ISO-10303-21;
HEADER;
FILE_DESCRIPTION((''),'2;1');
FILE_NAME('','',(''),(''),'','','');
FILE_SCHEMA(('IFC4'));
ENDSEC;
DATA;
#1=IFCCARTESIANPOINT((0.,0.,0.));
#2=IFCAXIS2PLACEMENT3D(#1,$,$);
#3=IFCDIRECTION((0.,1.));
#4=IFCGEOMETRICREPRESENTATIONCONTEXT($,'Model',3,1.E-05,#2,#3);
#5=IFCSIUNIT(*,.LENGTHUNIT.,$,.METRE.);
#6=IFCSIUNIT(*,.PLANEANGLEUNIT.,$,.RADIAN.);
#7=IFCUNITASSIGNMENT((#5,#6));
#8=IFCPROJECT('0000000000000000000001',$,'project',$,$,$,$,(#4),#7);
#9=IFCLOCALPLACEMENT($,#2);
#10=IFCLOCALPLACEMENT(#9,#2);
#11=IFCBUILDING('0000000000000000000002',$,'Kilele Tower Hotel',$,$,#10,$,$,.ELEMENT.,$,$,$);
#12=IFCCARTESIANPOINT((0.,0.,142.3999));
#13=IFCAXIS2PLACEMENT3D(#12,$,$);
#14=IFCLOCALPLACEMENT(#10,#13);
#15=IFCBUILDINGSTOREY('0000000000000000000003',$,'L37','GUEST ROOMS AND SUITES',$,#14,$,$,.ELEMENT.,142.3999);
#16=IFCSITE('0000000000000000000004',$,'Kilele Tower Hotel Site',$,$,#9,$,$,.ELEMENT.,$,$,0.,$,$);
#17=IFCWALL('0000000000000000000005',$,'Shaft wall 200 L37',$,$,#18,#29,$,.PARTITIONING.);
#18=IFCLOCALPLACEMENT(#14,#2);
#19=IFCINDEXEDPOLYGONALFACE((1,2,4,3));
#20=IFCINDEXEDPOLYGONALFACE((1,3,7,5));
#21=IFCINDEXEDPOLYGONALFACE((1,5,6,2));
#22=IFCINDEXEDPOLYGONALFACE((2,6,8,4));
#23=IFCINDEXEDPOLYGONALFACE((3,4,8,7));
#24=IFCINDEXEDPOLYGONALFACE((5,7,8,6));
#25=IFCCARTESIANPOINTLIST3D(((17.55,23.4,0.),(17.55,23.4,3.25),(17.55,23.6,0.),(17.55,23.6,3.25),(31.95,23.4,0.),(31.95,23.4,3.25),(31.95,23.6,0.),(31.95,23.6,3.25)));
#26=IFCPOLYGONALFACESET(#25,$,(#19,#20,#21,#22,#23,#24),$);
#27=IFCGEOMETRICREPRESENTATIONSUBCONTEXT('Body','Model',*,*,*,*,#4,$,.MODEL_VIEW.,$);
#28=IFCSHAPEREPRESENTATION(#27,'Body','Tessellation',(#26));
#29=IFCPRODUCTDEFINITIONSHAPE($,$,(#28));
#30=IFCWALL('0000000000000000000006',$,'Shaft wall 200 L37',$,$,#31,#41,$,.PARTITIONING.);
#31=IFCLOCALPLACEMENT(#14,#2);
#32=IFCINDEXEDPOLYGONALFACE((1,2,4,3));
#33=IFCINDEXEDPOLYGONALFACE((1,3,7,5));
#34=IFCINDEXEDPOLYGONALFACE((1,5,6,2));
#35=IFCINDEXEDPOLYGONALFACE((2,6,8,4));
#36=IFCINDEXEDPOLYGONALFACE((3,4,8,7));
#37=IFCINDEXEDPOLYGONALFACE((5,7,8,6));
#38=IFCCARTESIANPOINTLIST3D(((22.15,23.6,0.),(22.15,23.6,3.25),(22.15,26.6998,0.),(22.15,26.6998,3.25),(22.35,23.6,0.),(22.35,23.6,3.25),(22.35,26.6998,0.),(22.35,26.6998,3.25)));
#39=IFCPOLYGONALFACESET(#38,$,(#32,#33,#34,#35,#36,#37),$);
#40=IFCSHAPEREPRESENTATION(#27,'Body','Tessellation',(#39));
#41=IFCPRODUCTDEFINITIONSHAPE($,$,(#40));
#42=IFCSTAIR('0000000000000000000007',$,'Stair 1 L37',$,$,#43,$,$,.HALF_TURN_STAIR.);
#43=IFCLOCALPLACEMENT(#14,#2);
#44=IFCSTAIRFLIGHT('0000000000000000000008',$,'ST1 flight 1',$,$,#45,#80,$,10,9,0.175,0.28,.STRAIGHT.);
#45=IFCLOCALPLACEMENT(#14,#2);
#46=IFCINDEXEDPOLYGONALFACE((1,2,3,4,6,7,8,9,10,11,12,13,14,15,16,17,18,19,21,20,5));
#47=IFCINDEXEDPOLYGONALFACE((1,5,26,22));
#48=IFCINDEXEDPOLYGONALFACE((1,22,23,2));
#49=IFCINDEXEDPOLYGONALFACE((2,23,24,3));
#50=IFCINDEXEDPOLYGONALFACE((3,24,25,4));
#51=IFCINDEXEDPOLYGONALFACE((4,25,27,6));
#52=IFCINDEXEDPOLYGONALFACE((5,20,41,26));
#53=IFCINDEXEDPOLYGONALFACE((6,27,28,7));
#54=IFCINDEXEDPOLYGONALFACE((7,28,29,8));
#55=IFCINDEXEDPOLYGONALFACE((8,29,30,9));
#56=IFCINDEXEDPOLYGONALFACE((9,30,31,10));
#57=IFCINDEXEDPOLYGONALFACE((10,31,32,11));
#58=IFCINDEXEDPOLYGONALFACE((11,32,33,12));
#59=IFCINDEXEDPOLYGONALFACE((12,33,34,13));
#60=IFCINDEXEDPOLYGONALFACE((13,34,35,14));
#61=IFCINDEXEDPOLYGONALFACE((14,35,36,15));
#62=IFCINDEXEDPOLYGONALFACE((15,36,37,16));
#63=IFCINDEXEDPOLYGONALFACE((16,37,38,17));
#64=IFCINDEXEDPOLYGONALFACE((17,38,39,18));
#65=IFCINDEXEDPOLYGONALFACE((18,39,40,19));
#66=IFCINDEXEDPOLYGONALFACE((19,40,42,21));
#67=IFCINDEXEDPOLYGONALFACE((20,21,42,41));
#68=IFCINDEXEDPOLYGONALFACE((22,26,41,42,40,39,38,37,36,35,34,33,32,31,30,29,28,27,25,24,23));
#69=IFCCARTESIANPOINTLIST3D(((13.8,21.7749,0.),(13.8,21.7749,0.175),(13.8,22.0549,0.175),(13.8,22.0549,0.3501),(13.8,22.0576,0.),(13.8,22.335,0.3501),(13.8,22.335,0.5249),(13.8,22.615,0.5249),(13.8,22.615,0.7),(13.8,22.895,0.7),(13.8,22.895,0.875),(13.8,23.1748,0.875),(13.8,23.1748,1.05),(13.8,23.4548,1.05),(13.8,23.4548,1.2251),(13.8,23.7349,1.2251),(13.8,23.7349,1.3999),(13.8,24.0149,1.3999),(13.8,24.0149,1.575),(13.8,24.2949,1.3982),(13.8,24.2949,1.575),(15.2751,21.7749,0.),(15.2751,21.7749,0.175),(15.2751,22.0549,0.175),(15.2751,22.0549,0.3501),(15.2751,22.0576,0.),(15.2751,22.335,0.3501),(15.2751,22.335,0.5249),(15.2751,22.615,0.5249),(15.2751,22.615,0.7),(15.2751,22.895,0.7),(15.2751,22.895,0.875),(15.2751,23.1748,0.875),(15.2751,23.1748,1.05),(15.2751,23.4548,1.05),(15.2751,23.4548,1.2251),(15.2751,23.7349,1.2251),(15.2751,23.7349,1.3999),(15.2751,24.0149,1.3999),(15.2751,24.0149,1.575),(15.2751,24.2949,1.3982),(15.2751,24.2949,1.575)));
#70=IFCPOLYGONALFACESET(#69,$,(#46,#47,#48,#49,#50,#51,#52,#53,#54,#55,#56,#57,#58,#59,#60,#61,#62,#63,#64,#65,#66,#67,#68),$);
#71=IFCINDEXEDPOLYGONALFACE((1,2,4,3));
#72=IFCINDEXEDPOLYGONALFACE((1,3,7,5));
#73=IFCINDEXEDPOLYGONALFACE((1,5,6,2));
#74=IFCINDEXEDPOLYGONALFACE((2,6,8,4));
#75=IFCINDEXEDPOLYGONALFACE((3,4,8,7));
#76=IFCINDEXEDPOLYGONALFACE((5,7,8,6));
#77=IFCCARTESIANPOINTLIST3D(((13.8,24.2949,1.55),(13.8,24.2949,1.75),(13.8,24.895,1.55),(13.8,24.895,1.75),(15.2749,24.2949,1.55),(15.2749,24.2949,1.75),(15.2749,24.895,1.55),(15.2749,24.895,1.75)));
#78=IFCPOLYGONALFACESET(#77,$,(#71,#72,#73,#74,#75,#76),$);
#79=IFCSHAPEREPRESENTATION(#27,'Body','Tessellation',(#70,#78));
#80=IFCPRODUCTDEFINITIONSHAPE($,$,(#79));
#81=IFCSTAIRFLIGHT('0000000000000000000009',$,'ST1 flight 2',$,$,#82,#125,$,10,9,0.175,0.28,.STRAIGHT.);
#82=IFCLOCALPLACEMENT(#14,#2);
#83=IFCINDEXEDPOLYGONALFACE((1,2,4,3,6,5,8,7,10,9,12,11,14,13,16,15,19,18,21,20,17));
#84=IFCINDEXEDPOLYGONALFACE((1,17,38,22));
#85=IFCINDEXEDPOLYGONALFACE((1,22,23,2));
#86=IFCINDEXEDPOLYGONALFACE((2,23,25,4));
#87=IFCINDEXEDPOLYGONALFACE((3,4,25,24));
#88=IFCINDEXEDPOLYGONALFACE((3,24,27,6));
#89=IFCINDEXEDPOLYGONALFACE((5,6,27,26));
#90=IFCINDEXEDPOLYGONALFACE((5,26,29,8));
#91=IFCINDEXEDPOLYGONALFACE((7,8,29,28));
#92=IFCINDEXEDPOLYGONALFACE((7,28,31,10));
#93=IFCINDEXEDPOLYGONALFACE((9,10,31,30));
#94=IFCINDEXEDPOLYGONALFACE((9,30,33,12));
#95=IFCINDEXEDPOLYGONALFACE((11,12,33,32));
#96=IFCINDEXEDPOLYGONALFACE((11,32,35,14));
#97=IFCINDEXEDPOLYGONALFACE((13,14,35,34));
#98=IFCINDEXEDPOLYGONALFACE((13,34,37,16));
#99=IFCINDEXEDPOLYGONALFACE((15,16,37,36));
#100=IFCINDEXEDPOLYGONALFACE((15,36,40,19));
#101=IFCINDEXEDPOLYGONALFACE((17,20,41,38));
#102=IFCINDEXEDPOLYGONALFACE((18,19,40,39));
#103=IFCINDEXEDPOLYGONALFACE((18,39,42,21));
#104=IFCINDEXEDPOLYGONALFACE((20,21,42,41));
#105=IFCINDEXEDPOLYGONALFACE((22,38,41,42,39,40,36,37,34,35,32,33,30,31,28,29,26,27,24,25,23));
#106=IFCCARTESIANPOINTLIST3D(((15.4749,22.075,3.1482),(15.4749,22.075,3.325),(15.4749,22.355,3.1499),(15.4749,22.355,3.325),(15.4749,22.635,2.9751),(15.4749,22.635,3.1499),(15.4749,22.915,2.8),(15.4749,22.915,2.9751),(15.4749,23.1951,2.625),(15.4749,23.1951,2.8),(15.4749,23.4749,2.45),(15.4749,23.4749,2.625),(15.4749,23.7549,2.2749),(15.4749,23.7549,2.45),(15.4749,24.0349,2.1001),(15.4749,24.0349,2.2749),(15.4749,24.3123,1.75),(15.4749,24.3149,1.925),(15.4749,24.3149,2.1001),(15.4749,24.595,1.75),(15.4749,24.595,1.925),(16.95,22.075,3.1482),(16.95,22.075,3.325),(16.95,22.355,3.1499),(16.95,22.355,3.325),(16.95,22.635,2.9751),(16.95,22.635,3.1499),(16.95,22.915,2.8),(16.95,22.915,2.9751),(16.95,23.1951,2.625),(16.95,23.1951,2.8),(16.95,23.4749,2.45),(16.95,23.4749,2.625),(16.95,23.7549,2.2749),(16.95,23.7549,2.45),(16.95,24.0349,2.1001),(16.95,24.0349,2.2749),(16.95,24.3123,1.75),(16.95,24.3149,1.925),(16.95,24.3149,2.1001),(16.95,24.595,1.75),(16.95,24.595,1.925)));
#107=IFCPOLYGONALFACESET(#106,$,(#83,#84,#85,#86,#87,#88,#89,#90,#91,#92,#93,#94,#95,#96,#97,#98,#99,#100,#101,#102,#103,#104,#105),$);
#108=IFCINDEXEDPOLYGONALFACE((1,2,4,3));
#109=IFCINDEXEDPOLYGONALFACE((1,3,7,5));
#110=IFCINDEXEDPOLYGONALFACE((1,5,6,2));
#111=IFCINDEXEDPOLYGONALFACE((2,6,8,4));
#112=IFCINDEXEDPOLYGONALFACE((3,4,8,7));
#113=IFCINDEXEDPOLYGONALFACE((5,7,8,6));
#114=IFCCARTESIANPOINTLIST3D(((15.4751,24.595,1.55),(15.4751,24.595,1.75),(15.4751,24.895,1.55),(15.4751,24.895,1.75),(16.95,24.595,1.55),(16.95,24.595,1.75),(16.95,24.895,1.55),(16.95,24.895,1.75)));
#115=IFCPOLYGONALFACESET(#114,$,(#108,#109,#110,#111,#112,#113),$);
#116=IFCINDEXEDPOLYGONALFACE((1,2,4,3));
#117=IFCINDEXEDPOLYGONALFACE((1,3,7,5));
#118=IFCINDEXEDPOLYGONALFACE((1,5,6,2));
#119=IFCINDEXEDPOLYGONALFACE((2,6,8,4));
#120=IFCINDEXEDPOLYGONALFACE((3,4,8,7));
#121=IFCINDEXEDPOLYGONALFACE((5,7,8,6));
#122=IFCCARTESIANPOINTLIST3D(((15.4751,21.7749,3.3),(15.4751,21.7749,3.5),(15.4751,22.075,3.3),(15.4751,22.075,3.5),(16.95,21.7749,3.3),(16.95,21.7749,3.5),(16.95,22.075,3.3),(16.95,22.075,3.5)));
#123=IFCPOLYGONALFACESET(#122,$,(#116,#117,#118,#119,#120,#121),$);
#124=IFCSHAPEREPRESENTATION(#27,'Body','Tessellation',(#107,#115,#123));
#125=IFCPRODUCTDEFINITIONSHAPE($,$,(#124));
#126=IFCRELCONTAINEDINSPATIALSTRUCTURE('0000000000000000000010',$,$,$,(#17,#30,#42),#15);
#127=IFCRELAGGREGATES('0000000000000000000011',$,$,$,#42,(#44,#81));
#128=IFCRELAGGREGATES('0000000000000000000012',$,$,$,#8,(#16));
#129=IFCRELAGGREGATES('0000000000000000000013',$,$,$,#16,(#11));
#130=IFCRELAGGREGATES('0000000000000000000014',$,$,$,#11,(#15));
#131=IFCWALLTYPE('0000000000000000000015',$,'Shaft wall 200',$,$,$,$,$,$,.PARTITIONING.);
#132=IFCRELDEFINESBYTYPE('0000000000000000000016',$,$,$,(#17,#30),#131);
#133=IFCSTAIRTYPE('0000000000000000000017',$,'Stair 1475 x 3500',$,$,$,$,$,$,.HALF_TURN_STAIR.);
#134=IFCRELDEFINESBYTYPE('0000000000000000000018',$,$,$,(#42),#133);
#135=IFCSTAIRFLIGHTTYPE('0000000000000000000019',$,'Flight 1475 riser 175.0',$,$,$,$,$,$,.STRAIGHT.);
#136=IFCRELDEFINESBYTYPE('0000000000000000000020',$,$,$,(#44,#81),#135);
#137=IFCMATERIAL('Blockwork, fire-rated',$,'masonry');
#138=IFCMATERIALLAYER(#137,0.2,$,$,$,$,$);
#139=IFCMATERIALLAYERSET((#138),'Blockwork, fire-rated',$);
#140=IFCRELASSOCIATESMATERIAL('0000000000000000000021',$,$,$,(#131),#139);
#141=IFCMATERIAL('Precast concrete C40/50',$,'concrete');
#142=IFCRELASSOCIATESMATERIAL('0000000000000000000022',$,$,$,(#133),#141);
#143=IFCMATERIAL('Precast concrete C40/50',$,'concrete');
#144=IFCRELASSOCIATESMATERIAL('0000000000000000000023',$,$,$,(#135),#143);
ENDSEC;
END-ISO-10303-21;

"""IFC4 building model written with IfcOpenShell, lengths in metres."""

from ifc_helpers import new_model, si_unit, direction, frame, frame_2d, origin, place, context, subcontext, project, spatial, polyline, rectangle, outline, extrude, material, layer, layer_set, type_object, element, aggregate, save


model = new_model("IFC4")

# Units and contexts
model_context = context("Model", 3, precision=1e-05, world=origin(), true_north=direction((0.0, 1.0)))
body_context = subcontext(model_context, "Body", "Model", "MODEL_VIEW")
ifc_project = project(units=[si_unit("LENGTHUNIT", "METRE"), si_unit("PLANEANGLEUNIT", "RADIAN")], contexts=[model_context])

# Site, building, storey
site_placement = place(None, origin())
site = spatial("IfcSite", under=ifc_project, at=site_placement, Name="Kilele Tower Hotel Site", CompositionType="ELEMENT", RefElevation=0.0)
building_placement = place(site_placement, origin())
building = spatial("IfcBuilding", under=site, at=building_placement, Name="Kilele Tower Hotel", CompositionType="ELEMENT")
storey_placement = place(building_placement, frame((0.0, 0.0, 142.3999)))
storey = spatial("IfcBuildingStorey", under=building, at=storey_placement, Name="L37", Description="GUEST ROOMS AND SUITES", CompositionType="ELEMENT", Elevation=142.3999)

# Walls
ifc_material_1 = material(Name="Blockwork, fire-rated", Category="masonry")
ifc_layer_1 = layer(ifc_material_1, 0.2)
ifc_layer_set_1 = layer_set([ifc_layer_1], Name="Blockwork, fire-rated")
wall_type_1 = type_object("IfcWallType", Name="Shaft wall 200", PredefinedType="PARTITIONING", material=ifc_layer_set_1)
wall_1_placement = place(storey_placement, frame((17.55, 23.5, 0.0), z_axis=(0.0, 0.0, 1.0), x_axis=(1.0, 0.0, 0.0)))
element("IfcWall", 1, at=wall_1_placement, inside=storey, type_object=wall_type_1, Name="Shaft wall 200 L37", PredefinedType="PARTITIONING", context=body_context, shape_type="SweptSolid", body=[
    extrude(rectangle(XDim=14.3999, YDim=0.2, at=frame_2d((7.2, 0.0))), origin(), (0.0, 0.0, 1.0), 3.25),
])
wall_2_placement = place(storey_placement, frame((22.25, 23.6001, 0.0), z_axis=(0.0, 0.0, 1.0), x_axis=(0.0, 1.0, 0.0)))
element("IfcWall", 2, at=wall_2_placement, inside=storey, type_object=wall_type_1, Name="Shaft wall 200 L37", PredefinedType="PARTITIONING", context=body_context, shape_type="SweptSolid", body=[
    extrude(rectangle(XDim=3.0999, YDim=0.2, at=frame_2d((1.5498, 0.0))), origin(), (0.0, 0.0, 1.0), 3.25),
])

# Stair, stair flights
ifc_material_2 = material(Name="Precast concrete C40/50", Category="concrete")
stair_type = type_object("IfcStairType", Name="Stair 1475 x 3500", PredefinedType="HALF_TURN_STAIR", material=ifc_material_2)
stair_placement = place(storey_placement, origin())
stair = element("IfcStair", 3, at=stair_placement, inside=storey, type_object=stair_type, Name="Stair 1 L37", PredefinedType="HALF_TURN_STAIR")
ifc_material_3 = material(Name="Precast concrete C40/50", Category="concrete")
stair_flight_type = type_object("IfcStairFlightType", Name="Flight 1475 riser 175.0", PredefinedType="STRAIGHT", material=ifc_material_3)
stair_flight_1_placement = place(storey_placement, frame((14.5376, 21.7749, 0.0), z_axis=(0.0, 0.0, 1.0), x_axis=(0.0, 1.0, 0.0)))
stair_flight_1 = element("IfcStairFlight", 4, at=stair_flight_1_placement, type_object=stair_flight_type, Name="ST1 flight 1", NumberOfRisers=10, NumberOfTreads=9, PredefinedType="STRAIGHT", RiserHeight=0.175, TreadLength=0.28, context=body_context, shape_type="SweptSolid", body=[
    extrude(outline(polyline([(0.0, 0.0), (0.0, 0.175), (0.28, 0.175), (0.28, 0.3501), (0.5601, 0.3501), (0.5601, 0.5249), (0.8401, 0.5249), (0.8401, 0.7), (1.1201, 0.7), (1.1201, 0.875), (1.3999, 0.875), (1.3999, 1.05), (1.6799, 1.05), (1.6799, 1.2251), (1.96, 1.2251), (1.96, 1.3999), (2.24, 1.3999), (2.24, 1.575), (2.52, 1.575), (2.52, 1.75), (2.52, 1.3982), (0.2827, 0.0), (0.0, 0.0)])), frame((0.0, 0.7375, 0.0), z_axis=(0.0, -1.0, 0.0), x_axis=(1.0, 0.0, 0.0)), (0.0, 0.0, 1.0), 1.4751),
    extrude(outline(polyline([(2.52, 0.7375), (2.52, -0.7373), (3.1201, -0.7373), (3.1201, 0.7375), (2.52, 0.7375)])), frame((0.0, 0.0, 1.55)), (0.0, 0.0, 1.0), 0.2),
])
stair_flight_2_placement = place(storey_placement, frame((16.2124, 24.595, 1.75), z_axis=(0.0, 0.0, 1.0), x_axis=(0.0, -1.0, 0.0)))
stair_flight_2 = element("IfcStairFlight", 5, at=stair_flight_2_placement, type_object=stair_flight_type, Name="ST1 flight 2", NumberOfRisers=10, NumberOfTreads=9, PredefinedType="STRAIGHT", RiserHeight=0.175, TreadLength=0.28, context=body_context, shape_type="SweptSolid", body=[
    extrude(outline(polyline([(0.0, 0.0), (0.0, 0.175), (0.28, 0.175), (0.28, 0.3501), (0.5601, 0.3501), (0.5601, 0.5249), (0.8401, 0.5249), (0.8401, 0.7), (1.1201, 0.7), (1.1201, 0.875), (1.3999, 0.875), (1.3999, 1.05), (1.6799, 1.05), (1.6799, 1.2251), (1.96, 1.2251), (1.96, 1.3999), (2.24, 1.3999), (2.24, 1.575), (2.52, 1.575), (2.52, 1.75), (2.52, 1.3982), (0.2827, 0.0), (0.0, 0.0)])), frame((0.0, 0.7375, 0.0), z_axis=(0.0, -1.0, 0.0), x_axis=(1.0, 0.0, 0.0)), (0.0, 0.0, 1.0), 1.4751),
    extrude(outline(polyline([(0.0, -0.7373), (0.0, 0.7375), (-0.3, 0.7375), (-0.3, -0.7373), (0.0, -0.7373)])), frame((0.0, 0.0, -0.2)), (0.0, 0.0, 1.0), 0.2),
    extrude(outline(polyline([(2.8201, -0.7373), (2.8201, 0.7375), (2.52, 0.7375), (2.52, -0.7373), (2.8201, -0.7373)])), frame((0.0, 0.0, 1.55)), (0.0, 0.0, 1.0), 0.2),
])
aggregate(stair, [stair_flight_1, stair_flight_2])

save(model, "model.ifc")
